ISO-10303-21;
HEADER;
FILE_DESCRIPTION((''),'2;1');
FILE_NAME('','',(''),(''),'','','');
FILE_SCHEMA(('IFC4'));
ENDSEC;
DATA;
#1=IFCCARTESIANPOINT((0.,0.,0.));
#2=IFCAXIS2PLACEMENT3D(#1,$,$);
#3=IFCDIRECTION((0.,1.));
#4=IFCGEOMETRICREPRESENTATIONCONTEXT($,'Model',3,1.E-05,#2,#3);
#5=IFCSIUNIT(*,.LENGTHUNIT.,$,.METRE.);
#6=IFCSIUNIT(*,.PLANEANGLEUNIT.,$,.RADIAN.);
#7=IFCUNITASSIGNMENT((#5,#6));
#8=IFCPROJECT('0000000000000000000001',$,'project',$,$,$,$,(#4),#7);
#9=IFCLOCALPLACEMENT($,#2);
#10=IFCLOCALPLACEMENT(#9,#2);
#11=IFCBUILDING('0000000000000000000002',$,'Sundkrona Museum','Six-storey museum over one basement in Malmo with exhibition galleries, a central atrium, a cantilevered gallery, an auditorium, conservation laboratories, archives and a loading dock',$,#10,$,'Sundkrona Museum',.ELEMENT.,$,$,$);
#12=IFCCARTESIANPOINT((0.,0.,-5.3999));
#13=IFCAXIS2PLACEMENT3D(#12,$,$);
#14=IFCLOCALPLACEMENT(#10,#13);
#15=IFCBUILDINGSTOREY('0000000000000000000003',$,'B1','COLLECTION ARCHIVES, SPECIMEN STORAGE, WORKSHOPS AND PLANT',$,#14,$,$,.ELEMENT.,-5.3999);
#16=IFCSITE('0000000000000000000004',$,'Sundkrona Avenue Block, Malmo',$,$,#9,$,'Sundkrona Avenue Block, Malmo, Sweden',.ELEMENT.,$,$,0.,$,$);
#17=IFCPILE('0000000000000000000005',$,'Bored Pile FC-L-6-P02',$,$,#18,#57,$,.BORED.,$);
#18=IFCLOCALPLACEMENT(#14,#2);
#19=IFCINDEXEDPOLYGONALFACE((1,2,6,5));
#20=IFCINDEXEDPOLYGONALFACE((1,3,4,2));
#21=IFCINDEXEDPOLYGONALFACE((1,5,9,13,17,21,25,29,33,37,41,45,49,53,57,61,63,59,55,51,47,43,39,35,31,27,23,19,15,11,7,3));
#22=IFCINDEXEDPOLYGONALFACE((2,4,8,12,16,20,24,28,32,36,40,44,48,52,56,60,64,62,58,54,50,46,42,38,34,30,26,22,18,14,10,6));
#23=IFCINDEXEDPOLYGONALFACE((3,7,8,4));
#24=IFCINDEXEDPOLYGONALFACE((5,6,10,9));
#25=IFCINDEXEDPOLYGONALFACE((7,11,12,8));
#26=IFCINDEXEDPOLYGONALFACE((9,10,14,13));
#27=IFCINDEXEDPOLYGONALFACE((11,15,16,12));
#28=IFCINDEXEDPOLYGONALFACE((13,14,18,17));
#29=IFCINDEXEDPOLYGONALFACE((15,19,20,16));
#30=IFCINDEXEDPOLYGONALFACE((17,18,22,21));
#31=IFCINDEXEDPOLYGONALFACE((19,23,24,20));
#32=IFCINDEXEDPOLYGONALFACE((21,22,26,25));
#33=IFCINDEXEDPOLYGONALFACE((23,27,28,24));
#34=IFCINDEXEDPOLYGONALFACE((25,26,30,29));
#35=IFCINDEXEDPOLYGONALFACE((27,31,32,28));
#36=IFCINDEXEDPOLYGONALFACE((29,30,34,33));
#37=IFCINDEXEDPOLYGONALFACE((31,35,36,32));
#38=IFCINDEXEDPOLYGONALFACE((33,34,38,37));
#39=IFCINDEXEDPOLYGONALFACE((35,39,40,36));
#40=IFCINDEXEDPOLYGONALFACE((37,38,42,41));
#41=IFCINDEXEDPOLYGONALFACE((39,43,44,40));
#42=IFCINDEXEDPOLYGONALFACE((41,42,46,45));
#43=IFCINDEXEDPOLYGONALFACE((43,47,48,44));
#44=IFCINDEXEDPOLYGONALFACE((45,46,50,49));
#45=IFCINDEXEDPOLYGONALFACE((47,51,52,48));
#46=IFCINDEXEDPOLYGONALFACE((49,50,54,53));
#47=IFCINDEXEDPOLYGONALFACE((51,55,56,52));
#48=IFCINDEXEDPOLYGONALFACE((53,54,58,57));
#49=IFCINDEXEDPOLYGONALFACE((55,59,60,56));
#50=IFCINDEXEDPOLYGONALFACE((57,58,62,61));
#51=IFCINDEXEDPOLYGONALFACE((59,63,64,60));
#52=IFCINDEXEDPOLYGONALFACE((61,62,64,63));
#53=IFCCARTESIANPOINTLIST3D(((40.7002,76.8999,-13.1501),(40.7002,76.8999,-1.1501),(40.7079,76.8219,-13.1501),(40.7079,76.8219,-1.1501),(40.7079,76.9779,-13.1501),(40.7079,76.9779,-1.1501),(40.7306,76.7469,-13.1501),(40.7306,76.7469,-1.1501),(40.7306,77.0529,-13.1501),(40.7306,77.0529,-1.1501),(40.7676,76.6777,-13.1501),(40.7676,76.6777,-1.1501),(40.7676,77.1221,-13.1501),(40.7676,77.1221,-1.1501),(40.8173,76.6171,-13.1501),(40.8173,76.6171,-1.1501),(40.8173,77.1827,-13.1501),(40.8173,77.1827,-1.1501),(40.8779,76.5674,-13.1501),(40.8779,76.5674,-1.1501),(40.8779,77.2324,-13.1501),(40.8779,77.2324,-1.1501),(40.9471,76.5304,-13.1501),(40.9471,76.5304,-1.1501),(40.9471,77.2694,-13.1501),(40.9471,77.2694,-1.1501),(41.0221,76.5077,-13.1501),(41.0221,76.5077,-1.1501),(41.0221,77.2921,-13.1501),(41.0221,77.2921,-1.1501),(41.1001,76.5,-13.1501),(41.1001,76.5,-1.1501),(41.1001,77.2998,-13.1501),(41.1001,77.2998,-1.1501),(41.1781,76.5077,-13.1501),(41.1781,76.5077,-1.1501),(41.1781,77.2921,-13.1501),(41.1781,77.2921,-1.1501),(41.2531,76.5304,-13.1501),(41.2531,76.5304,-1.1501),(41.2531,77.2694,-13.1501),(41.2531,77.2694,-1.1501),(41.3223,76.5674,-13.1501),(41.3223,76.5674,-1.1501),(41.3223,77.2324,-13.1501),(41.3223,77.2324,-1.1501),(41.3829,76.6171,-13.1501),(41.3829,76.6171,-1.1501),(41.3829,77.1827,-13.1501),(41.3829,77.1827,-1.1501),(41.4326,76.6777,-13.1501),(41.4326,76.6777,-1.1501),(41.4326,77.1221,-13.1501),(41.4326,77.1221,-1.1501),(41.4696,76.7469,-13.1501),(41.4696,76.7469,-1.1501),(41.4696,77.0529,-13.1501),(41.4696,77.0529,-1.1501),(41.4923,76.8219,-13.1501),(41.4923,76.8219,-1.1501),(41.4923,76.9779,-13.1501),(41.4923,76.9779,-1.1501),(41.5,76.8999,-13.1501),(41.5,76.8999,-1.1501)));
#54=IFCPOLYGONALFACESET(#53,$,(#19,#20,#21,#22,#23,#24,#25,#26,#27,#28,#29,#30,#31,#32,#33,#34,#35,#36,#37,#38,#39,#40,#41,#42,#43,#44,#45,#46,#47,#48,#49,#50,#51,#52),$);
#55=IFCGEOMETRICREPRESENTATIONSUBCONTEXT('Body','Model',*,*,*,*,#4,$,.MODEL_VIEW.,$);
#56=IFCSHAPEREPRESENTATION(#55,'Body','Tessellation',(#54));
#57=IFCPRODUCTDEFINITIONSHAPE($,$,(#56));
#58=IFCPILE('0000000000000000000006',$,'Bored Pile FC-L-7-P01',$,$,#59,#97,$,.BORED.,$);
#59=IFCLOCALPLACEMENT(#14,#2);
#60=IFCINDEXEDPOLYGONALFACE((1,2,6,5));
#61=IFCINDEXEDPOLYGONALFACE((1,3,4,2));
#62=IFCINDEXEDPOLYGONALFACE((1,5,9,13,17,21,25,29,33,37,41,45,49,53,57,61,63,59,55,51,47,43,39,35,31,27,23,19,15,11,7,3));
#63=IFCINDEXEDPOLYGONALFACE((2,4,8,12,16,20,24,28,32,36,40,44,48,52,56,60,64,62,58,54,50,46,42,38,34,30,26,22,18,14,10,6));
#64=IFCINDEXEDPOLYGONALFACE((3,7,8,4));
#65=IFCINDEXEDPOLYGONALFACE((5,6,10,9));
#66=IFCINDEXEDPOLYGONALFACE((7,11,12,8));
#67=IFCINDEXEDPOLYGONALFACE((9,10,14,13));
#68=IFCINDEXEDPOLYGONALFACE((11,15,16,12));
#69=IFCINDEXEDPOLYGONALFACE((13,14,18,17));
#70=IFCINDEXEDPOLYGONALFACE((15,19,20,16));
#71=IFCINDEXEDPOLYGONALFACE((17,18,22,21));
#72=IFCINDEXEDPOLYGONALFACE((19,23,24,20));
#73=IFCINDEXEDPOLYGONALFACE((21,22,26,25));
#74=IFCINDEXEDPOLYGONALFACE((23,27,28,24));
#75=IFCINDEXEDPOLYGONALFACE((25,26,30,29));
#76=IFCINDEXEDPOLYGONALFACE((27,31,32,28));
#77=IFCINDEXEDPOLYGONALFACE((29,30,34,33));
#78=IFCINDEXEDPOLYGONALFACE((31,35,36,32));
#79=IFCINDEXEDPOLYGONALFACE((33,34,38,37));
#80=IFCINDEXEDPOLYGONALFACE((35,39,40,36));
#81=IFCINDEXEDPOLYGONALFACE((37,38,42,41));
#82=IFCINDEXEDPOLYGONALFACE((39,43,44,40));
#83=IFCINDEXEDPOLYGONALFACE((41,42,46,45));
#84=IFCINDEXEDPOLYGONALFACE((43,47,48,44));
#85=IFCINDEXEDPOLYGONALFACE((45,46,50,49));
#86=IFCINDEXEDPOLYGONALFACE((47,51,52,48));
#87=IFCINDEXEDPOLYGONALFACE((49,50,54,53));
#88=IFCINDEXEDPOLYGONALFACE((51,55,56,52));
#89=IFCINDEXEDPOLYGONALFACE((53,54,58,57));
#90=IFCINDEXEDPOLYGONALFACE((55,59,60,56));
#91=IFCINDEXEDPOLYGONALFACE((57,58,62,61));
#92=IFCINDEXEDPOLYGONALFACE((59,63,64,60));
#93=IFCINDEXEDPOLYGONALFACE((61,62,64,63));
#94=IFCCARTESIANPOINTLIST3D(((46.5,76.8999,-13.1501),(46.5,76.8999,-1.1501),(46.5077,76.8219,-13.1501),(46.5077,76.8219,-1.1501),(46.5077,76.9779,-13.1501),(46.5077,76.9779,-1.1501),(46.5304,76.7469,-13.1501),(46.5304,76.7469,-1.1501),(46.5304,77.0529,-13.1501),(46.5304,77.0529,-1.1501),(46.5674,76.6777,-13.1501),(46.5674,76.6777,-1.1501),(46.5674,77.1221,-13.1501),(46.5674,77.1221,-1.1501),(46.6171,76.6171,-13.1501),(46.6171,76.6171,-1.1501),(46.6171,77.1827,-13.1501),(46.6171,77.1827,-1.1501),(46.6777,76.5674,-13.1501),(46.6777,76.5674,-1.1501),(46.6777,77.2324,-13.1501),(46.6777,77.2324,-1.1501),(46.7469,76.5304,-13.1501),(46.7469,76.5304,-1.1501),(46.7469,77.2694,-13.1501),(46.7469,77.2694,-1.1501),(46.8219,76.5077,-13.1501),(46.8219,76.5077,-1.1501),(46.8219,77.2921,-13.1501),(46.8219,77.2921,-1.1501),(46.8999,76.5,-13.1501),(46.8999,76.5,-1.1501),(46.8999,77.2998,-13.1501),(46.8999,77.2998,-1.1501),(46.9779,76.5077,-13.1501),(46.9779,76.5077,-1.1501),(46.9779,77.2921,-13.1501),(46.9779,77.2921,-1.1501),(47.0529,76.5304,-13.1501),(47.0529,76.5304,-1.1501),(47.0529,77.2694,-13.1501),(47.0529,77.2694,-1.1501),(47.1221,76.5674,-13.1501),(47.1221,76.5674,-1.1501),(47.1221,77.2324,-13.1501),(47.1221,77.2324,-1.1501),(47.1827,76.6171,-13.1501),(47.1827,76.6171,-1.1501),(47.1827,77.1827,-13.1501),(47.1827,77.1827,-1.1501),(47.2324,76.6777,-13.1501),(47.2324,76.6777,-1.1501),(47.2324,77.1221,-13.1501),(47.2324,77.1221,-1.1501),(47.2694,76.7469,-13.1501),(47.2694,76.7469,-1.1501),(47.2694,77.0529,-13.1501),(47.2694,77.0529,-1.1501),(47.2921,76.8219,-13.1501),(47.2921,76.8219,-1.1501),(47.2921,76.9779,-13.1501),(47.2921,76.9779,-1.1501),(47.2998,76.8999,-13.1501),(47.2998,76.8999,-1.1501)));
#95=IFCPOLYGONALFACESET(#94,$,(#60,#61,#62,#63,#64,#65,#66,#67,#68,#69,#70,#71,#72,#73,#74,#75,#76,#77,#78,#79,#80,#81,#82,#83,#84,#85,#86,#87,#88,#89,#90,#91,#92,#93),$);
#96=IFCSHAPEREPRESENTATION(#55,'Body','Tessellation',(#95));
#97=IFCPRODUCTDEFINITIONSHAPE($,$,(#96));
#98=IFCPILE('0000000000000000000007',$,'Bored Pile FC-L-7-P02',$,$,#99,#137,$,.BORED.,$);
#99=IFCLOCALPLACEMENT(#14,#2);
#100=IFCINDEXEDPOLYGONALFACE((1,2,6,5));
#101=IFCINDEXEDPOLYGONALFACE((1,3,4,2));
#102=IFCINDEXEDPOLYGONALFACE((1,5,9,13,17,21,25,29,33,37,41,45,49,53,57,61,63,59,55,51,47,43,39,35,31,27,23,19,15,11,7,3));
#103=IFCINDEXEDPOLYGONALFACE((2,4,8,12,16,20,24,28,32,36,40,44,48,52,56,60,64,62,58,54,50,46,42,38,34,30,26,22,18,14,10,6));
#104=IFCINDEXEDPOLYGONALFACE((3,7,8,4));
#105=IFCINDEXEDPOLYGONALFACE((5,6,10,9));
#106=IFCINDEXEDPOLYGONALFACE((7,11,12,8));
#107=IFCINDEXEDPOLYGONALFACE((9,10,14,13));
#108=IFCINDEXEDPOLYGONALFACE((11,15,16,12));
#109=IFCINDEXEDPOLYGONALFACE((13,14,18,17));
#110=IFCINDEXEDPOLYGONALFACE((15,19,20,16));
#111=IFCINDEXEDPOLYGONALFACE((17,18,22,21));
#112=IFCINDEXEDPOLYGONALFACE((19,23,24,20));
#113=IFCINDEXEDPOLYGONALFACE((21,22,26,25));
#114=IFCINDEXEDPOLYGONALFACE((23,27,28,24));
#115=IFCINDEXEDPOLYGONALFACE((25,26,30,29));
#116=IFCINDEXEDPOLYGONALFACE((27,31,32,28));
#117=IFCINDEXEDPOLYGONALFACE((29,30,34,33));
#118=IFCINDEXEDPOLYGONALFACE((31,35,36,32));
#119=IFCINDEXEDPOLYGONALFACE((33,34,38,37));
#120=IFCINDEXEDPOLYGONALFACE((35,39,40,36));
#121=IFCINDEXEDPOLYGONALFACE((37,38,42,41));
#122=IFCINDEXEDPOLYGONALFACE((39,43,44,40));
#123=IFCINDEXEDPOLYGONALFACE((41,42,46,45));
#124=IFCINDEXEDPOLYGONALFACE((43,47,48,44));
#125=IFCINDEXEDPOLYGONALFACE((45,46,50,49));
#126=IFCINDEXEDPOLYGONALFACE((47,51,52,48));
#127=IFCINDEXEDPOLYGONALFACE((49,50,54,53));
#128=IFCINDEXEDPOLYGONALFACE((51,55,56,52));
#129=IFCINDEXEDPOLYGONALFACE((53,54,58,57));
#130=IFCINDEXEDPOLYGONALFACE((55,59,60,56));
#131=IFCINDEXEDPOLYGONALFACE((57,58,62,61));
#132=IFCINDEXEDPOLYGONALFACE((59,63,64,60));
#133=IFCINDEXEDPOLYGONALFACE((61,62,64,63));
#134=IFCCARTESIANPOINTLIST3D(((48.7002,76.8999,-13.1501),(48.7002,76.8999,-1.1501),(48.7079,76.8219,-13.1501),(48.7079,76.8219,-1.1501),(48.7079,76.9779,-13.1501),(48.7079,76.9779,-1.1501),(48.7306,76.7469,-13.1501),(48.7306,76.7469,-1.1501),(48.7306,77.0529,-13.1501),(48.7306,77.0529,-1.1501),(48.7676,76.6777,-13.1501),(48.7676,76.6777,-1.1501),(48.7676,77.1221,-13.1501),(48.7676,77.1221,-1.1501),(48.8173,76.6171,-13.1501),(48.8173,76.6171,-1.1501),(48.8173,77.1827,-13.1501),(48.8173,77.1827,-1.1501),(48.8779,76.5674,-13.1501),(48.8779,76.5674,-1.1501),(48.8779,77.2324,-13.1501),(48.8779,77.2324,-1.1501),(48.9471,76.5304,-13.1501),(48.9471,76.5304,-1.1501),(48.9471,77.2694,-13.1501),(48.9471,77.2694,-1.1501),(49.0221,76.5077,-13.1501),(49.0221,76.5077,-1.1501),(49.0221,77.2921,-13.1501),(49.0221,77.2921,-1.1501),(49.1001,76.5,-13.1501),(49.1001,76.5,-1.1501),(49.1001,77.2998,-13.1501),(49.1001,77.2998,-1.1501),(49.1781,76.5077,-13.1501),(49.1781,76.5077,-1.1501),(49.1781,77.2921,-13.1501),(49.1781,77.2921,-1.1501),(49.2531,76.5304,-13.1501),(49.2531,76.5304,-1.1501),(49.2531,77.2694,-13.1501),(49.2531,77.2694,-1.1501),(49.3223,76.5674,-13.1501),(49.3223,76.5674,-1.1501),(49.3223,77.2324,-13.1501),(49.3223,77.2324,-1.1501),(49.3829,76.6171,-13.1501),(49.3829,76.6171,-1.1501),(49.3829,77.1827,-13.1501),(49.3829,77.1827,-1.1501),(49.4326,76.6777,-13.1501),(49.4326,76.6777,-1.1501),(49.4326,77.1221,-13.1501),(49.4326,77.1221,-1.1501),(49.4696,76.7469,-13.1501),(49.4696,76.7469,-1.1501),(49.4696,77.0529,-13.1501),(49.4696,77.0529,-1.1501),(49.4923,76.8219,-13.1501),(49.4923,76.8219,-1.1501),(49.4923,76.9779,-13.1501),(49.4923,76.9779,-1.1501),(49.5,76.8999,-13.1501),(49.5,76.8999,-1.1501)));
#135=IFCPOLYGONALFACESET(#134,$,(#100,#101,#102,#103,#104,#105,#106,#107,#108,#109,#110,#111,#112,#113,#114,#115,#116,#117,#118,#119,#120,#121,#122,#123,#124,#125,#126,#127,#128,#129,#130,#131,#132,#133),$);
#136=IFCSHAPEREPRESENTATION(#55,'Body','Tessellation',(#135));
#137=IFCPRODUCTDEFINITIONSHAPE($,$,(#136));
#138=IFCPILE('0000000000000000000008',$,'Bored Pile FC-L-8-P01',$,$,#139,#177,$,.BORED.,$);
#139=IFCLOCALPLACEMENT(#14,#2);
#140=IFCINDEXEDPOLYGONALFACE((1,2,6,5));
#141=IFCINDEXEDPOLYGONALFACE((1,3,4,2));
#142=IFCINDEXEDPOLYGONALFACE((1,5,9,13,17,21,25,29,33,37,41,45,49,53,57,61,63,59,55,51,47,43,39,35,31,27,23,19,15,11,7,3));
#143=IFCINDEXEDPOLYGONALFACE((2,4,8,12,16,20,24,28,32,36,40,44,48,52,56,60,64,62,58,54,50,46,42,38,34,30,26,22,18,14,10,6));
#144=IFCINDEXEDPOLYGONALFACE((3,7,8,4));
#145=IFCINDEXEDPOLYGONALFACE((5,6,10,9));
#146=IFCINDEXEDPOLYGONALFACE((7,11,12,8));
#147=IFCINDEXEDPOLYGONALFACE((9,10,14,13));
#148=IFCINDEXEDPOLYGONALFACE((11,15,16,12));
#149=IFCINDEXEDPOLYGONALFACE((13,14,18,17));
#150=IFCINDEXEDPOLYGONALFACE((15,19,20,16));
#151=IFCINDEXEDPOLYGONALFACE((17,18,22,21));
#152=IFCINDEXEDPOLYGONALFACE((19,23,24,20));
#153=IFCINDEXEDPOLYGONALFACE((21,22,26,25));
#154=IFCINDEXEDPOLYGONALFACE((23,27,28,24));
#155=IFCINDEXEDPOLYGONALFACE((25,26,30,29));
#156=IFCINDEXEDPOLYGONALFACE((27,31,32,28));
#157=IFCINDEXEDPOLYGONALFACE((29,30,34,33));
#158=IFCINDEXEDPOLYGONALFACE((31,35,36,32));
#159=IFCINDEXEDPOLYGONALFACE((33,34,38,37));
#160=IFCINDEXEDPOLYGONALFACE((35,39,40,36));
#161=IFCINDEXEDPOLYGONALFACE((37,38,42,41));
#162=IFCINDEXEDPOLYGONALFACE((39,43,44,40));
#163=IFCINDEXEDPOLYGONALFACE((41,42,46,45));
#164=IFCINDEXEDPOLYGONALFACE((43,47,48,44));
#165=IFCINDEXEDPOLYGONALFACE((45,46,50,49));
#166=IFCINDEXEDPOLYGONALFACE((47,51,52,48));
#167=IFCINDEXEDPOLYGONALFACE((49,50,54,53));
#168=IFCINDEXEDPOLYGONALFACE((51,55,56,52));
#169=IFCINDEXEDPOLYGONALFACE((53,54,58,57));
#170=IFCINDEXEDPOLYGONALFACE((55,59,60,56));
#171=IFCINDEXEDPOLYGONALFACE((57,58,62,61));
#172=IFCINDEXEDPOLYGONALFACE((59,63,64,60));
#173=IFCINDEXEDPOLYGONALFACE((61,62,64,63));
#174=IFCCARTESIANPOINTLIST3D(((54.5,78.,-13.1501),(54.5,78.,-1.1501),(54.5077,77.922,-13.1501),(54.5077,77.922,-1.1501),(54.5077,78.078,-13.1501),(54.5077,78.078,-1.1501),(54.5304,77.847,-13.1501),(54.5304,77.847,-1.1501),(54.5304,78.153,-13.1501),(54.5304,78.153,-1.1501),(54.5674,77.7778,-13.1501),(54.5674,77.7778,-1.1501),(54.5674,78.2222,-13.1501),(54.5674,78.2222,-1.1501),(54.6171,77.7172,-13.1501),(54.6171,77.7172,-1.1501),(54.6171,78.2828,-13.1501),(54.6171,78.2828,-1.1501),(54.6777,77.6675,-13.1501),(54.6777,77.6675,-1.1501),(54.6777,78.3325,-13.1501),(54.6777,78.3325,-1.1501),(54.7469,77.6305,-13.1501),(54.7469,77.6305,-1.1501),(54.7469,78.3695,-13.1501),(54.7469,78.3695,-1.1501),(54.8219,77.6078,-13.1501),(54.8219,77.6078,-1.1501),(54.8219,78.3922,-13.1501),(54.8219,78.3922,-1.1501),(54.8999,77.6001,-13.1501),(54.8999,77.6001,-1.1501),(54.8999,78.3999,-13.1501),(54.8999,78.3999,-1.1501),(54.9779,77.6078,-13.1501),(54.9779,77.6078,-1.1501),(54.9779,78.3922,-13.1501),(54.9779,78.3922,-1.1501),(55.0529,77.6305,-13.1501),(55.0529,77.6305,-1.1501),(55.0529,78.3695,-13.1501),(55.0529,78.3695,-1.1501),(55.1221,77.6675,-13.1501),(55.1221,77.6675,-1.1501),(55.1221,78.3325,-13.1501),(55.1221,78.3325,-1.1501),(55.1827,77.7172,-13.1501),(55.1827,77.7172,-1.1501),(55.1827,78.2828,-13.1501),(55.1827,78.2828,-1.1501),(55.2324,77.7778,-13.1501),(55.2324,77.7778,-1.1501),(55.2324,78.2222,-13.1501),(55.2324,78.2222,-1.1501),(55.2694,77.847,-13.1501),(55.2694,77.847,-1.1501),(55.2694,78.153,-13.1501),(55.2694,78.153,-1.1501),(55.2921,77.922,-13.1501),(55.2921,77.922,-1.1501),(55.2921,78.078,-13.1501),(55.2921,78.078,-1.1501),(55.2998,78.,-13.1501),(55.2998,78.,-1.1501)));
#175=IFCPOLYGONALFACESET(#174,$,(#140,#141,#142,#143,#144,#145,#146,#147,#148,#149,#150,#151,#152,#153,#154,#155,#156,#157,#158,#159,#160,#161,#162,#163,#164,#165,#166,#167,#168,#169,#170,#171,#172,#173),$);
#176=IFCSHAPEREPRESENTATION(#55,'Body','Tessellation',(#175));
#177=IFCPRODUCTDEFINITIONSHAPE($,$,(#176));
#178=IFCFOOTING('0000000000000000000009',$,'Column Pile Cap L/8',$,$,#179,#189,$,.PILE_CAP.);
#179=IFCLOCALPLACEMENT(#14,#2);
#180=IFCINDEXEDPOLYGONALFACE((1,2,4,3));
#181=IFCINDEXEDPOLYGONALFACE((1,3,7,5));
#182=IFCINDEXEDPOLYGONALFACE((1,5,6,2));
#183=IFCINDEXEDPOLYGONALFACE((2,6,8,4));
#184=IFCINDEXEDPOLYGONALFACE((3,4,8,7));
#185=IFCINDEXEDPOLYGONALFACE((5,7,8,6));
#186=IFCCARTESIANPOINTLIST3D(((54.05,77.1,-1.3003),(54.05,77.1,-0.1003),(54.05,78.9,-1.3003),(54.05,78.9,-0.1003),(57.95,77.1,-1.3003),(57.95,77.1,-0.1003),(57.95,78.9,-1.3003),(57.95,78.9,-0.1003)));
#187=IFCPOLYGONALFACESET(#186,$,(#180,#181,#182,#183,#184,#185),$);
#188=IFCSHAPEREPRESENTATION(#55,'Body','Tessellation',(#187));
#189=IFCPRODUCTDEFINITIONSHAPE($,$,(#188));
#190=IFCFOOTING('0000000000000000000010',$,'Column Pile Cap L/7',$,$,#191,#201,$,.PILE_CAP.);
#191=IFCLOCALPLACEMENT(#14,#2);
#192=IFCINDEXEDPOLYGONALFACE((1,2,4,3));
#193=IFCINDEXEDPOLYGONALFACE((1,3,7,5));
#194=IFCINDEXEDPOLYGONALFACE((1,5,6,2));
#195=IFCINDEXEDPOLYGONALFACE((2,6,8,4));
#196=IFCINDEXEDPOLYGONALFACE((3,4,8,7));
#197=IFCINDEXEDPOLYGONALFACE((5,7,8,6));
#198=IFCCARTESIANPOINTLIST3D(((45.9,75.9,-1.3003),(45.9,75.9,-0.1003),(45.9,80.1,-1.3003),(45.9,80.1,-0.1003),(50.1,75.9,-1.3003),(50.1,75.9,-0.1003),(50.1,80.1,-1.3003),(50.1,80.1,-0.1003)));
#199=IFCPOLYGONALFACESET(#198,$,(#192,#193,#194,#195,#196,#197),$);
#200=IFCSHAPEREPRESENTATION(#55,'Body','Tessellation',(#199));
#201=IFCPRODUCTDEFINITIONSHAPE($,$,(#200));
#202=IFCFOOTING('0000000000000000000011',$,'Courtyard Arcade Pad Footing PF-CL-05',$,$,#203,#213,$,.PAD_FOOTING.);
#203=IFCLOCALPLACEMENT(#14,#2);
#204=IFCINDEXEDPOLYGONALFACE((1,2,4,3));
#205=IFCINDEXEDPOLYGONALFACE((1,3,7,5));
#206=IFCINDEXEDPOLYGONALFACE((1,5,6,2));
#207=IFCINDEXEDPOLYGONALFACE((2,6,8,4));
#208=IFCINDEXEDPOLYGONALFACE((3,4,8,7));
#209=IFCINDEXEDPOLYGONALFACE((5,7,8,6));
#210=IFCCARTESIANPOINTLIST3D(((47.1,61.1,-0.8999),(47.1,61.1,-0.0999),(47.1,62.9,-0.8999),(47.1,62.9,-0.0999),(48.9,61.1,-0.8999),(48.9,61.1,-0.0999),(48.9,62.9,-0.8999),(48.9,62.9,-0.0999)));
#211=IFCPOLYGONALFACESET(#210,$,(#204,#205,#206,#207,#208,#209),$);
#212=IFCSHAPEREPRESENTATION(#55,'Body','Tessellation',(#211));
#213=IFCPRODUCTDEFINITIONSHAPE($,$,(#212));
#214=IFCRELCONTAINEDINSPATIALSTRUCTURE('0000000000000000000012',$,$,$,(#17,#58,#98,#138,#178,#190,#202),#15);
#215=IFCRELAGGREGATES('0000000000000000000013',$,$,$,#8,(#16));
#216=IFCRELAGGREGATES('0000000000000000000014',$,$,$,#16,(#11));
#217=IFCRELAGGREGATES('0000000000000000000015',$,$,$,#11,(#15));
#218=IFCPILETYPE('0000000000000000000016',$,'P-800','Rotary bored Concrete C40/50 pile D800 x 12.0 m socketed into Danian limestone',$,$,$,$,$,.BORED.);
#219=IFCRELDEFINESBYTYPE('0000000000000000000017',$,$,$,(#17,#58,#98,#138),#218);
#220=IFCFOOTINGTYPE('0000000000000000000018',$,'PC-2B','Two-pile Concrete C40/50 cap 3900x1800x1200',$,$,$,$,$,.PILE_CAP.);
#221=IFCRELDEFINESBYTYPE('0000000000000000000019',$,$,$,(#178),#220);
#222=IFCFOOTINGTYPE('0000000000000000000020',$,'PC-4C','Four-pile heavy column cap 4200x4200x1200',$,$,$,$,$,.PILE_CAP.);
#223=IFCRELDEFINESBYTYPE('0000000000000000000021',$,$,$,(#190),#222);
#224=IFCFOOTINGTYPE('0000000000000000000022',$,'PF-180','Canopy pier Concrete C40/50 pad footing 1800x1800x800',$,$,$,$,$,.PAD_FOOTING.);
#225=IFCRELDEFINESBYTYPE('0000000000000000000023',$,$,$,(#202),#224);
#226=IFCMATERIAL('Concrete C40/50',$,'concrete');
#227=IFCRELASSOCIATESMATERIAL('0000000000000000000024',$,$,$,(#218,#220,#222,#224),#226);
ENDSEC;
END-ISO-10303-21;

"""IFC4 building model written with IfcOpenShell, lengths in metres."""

from ifc_helpers import new_model, si_unit, direction, frame, origin, origin_2d, place, context, subcontext, project, spatial, rectangle, circle, extrude, material, material_profile, profile_set, type_object, element, save


model = new_model("IFC4")

# Units and contexts
model_context = context("Model", 3, precision=1e-05, world=origin(), true_north=direction((0.0, 1.0)))
body_context = subcontext(model_context, "Body", "Model", "MODEL_VIEW")
ifc_project = project(units=[si_unit("LENGTHUNIT", "METRE"), si_unit("PLANEANGLEUNIT", "RADIAN")], contexts=[model_context])

# Site, building, storey
site_placement = place(None, origin())
site = spatial("IfcSite", under=ifc_project, at=site_placement, Name="Sundkrona Avenue Block, Malmo", LongName="Sundkrona Avenue Block, Malmo, Sweden", CompositionType="ELEMENT", RefElevation=0.0)
building_placement = place(site_placement, origin())
building = spatial("IfcBuilding", under=site, at=building_placement, Name="Sundkrona Museum", Description="Six-storey museum over one basement in Malmo with exhibition galleries, a central atrium, a cantilevered gallery, an auditorium, conservation laboratories, archives and a loading dock", LongName="Sundkrona Museum", CompositionType="ELEMENT")
storey_placement = place(building_placement, frame((0.0, 0.0, -5.3999)))
storey = spatial("IfcBuildingStorey", under=building, at=storey_placement, Name="B1", Description="COLLECTION ARCHIVES, SPECIMEN STORAGE, WORKSHOPS AND PLANT", CompositionType="ELEMENT", Elevation=-5.3999)

# Shared definitions
ifc_material_1 = material(Name="Concrete C40/50", Category="concrete")

# Piles
ifc_material_profile_1 = material_profile(ifc_material_1, circle(Radius=0.3999, at=origin_2d()), Name="PILE D800")
ifc_profile_set_1 = profile_set([ifc_material_profile_1], Name="Concrete C40/50")
pile_type = type_object("IfcPileType", Name="P-800", Description="Rotary bored Concrete C40/50 pile D800 x 12.0 m socketed into Danian limestone", PredefinedType="BORED", material=ifc_profile_set_1)
for number, where, z_axis, x_axis, name in (
    (1, (41.1001, 76.8999, -1.1501), (0.0, 0.0, -1.0), (1.0, 0.0, 0.0), "Bored Pile FC-L-6-P02"),
    (2, (46.8999, 76.8999, -1.1501), (0.0, 0.0, -1.0), (1.0, 0.0, 0.0), "Bored Pile FC-L-7-P01"),
    (3, (49.1001, 76.8999, -1.1501), (0.0, 0.0, -1.0), (1.0, 0.0, 0.0), "Bored Pile FC-L-7-P02"),
    (4, (54.8999, 78.0, -1.1501), (0.0, 0.0, -1.0), (1.0, 0.0, 0.0), "Bored Pile FC-L-8-P01"),
):
    element("IfcPile", number, at=place(storey_placement, frame(where, z_axis=z_axis, x_axis=x_axis)), inside=storey, type_object=pile_type, Name=name, PredefinedType="BORED", context=body_context, shape_type="SweptSolid", body=[
        extrude(circle(Radius=0.3999, at=origin_2d()), origin(), (0.0, 0.0, 1.0), 12.0),
    ])

# Footings
footing_type_1 = type_object("IfcFootingType", Name="PC-2B", Description="Two-pile Concrete C40/50 cap 3900x1800x1200", PredefinedType="PILE_CAP", material=ifc_material_1)
footing_1_placement = place(storey_placement, frame((56.0, 78.0, -1.3003), z_axis=(0.0, 0.0, 1.0), x_axis=(1.0, 0.0, 0.0)))
element("IfcFooting", 5, at=footing_1_placement, inside=storey, type_object=footing_type_1, Name="Column Pile Cap L/8", PredefinedType="PILE_CAP", context=body_context, shape_type="SweptSolid", body=[
    extrude(rectangle(XDim=3.8999, YDim=1.8, at=origin_2d()), origin(), (0.0, 0.0, 1.0), 1.2),
])
footing_type_2 = type_object("IfcFootingType", Name="PC-4C", Description="Four-pile heavy column cap 4200x4200x1200", PredefinedType="PILE_CAP", material=ifc_material_1)
footing_2_placement = place(storey_placement, frame((48.0, 78.0, -1.3003), z_axis=(0.0, 0.0, 1.0), x_axis=(1.0, 0.0, 0.0)))
element("IfcFooting", 6, at=footing_2_placement, inside=storey, type_object=footing_type_2, Name="Column Pile Cap L/7", PredefinedType="PILE_CAP", context=body_context, shape_type="SweptSolid", body=[
    extrude(rectangle(XDim=4.2, YDim=4.2, at=origin_2d()), origin(), (0.0, 0.0, 1.0), 1.2),
])
footing_type_3 = type_object("IfcFootingType", Name="PF-180", Description="Canopy pier Concrete C40/50 pad footing 1800x1800x800", PredefinedType="PAD_FOOTING", material=ifc_material_1)
footing_3_placement = place(storey_placement, frame((48.0, 62.0, -0.8999), z_axis=(0.0, 0.0, 1.0), x_axis=(1.0, 0.0, 0.0)))
element("IfcFooting", 7, at=footing_3_placement, inside=storey, type_object=footing_type_3, Name="Courtyard Arcade Pad Footing PF-CL-05", PredefinedType="PAD_FOOTING", context=body_context, shape_type="SweptSolid", body=[
    extrude(rectangle(XDim=1.8, YDim=1.8, at=origin_2d()), origin(), (0.0, 0.0, 1.0), 0.8),
])

save(model, "model.ifc")
